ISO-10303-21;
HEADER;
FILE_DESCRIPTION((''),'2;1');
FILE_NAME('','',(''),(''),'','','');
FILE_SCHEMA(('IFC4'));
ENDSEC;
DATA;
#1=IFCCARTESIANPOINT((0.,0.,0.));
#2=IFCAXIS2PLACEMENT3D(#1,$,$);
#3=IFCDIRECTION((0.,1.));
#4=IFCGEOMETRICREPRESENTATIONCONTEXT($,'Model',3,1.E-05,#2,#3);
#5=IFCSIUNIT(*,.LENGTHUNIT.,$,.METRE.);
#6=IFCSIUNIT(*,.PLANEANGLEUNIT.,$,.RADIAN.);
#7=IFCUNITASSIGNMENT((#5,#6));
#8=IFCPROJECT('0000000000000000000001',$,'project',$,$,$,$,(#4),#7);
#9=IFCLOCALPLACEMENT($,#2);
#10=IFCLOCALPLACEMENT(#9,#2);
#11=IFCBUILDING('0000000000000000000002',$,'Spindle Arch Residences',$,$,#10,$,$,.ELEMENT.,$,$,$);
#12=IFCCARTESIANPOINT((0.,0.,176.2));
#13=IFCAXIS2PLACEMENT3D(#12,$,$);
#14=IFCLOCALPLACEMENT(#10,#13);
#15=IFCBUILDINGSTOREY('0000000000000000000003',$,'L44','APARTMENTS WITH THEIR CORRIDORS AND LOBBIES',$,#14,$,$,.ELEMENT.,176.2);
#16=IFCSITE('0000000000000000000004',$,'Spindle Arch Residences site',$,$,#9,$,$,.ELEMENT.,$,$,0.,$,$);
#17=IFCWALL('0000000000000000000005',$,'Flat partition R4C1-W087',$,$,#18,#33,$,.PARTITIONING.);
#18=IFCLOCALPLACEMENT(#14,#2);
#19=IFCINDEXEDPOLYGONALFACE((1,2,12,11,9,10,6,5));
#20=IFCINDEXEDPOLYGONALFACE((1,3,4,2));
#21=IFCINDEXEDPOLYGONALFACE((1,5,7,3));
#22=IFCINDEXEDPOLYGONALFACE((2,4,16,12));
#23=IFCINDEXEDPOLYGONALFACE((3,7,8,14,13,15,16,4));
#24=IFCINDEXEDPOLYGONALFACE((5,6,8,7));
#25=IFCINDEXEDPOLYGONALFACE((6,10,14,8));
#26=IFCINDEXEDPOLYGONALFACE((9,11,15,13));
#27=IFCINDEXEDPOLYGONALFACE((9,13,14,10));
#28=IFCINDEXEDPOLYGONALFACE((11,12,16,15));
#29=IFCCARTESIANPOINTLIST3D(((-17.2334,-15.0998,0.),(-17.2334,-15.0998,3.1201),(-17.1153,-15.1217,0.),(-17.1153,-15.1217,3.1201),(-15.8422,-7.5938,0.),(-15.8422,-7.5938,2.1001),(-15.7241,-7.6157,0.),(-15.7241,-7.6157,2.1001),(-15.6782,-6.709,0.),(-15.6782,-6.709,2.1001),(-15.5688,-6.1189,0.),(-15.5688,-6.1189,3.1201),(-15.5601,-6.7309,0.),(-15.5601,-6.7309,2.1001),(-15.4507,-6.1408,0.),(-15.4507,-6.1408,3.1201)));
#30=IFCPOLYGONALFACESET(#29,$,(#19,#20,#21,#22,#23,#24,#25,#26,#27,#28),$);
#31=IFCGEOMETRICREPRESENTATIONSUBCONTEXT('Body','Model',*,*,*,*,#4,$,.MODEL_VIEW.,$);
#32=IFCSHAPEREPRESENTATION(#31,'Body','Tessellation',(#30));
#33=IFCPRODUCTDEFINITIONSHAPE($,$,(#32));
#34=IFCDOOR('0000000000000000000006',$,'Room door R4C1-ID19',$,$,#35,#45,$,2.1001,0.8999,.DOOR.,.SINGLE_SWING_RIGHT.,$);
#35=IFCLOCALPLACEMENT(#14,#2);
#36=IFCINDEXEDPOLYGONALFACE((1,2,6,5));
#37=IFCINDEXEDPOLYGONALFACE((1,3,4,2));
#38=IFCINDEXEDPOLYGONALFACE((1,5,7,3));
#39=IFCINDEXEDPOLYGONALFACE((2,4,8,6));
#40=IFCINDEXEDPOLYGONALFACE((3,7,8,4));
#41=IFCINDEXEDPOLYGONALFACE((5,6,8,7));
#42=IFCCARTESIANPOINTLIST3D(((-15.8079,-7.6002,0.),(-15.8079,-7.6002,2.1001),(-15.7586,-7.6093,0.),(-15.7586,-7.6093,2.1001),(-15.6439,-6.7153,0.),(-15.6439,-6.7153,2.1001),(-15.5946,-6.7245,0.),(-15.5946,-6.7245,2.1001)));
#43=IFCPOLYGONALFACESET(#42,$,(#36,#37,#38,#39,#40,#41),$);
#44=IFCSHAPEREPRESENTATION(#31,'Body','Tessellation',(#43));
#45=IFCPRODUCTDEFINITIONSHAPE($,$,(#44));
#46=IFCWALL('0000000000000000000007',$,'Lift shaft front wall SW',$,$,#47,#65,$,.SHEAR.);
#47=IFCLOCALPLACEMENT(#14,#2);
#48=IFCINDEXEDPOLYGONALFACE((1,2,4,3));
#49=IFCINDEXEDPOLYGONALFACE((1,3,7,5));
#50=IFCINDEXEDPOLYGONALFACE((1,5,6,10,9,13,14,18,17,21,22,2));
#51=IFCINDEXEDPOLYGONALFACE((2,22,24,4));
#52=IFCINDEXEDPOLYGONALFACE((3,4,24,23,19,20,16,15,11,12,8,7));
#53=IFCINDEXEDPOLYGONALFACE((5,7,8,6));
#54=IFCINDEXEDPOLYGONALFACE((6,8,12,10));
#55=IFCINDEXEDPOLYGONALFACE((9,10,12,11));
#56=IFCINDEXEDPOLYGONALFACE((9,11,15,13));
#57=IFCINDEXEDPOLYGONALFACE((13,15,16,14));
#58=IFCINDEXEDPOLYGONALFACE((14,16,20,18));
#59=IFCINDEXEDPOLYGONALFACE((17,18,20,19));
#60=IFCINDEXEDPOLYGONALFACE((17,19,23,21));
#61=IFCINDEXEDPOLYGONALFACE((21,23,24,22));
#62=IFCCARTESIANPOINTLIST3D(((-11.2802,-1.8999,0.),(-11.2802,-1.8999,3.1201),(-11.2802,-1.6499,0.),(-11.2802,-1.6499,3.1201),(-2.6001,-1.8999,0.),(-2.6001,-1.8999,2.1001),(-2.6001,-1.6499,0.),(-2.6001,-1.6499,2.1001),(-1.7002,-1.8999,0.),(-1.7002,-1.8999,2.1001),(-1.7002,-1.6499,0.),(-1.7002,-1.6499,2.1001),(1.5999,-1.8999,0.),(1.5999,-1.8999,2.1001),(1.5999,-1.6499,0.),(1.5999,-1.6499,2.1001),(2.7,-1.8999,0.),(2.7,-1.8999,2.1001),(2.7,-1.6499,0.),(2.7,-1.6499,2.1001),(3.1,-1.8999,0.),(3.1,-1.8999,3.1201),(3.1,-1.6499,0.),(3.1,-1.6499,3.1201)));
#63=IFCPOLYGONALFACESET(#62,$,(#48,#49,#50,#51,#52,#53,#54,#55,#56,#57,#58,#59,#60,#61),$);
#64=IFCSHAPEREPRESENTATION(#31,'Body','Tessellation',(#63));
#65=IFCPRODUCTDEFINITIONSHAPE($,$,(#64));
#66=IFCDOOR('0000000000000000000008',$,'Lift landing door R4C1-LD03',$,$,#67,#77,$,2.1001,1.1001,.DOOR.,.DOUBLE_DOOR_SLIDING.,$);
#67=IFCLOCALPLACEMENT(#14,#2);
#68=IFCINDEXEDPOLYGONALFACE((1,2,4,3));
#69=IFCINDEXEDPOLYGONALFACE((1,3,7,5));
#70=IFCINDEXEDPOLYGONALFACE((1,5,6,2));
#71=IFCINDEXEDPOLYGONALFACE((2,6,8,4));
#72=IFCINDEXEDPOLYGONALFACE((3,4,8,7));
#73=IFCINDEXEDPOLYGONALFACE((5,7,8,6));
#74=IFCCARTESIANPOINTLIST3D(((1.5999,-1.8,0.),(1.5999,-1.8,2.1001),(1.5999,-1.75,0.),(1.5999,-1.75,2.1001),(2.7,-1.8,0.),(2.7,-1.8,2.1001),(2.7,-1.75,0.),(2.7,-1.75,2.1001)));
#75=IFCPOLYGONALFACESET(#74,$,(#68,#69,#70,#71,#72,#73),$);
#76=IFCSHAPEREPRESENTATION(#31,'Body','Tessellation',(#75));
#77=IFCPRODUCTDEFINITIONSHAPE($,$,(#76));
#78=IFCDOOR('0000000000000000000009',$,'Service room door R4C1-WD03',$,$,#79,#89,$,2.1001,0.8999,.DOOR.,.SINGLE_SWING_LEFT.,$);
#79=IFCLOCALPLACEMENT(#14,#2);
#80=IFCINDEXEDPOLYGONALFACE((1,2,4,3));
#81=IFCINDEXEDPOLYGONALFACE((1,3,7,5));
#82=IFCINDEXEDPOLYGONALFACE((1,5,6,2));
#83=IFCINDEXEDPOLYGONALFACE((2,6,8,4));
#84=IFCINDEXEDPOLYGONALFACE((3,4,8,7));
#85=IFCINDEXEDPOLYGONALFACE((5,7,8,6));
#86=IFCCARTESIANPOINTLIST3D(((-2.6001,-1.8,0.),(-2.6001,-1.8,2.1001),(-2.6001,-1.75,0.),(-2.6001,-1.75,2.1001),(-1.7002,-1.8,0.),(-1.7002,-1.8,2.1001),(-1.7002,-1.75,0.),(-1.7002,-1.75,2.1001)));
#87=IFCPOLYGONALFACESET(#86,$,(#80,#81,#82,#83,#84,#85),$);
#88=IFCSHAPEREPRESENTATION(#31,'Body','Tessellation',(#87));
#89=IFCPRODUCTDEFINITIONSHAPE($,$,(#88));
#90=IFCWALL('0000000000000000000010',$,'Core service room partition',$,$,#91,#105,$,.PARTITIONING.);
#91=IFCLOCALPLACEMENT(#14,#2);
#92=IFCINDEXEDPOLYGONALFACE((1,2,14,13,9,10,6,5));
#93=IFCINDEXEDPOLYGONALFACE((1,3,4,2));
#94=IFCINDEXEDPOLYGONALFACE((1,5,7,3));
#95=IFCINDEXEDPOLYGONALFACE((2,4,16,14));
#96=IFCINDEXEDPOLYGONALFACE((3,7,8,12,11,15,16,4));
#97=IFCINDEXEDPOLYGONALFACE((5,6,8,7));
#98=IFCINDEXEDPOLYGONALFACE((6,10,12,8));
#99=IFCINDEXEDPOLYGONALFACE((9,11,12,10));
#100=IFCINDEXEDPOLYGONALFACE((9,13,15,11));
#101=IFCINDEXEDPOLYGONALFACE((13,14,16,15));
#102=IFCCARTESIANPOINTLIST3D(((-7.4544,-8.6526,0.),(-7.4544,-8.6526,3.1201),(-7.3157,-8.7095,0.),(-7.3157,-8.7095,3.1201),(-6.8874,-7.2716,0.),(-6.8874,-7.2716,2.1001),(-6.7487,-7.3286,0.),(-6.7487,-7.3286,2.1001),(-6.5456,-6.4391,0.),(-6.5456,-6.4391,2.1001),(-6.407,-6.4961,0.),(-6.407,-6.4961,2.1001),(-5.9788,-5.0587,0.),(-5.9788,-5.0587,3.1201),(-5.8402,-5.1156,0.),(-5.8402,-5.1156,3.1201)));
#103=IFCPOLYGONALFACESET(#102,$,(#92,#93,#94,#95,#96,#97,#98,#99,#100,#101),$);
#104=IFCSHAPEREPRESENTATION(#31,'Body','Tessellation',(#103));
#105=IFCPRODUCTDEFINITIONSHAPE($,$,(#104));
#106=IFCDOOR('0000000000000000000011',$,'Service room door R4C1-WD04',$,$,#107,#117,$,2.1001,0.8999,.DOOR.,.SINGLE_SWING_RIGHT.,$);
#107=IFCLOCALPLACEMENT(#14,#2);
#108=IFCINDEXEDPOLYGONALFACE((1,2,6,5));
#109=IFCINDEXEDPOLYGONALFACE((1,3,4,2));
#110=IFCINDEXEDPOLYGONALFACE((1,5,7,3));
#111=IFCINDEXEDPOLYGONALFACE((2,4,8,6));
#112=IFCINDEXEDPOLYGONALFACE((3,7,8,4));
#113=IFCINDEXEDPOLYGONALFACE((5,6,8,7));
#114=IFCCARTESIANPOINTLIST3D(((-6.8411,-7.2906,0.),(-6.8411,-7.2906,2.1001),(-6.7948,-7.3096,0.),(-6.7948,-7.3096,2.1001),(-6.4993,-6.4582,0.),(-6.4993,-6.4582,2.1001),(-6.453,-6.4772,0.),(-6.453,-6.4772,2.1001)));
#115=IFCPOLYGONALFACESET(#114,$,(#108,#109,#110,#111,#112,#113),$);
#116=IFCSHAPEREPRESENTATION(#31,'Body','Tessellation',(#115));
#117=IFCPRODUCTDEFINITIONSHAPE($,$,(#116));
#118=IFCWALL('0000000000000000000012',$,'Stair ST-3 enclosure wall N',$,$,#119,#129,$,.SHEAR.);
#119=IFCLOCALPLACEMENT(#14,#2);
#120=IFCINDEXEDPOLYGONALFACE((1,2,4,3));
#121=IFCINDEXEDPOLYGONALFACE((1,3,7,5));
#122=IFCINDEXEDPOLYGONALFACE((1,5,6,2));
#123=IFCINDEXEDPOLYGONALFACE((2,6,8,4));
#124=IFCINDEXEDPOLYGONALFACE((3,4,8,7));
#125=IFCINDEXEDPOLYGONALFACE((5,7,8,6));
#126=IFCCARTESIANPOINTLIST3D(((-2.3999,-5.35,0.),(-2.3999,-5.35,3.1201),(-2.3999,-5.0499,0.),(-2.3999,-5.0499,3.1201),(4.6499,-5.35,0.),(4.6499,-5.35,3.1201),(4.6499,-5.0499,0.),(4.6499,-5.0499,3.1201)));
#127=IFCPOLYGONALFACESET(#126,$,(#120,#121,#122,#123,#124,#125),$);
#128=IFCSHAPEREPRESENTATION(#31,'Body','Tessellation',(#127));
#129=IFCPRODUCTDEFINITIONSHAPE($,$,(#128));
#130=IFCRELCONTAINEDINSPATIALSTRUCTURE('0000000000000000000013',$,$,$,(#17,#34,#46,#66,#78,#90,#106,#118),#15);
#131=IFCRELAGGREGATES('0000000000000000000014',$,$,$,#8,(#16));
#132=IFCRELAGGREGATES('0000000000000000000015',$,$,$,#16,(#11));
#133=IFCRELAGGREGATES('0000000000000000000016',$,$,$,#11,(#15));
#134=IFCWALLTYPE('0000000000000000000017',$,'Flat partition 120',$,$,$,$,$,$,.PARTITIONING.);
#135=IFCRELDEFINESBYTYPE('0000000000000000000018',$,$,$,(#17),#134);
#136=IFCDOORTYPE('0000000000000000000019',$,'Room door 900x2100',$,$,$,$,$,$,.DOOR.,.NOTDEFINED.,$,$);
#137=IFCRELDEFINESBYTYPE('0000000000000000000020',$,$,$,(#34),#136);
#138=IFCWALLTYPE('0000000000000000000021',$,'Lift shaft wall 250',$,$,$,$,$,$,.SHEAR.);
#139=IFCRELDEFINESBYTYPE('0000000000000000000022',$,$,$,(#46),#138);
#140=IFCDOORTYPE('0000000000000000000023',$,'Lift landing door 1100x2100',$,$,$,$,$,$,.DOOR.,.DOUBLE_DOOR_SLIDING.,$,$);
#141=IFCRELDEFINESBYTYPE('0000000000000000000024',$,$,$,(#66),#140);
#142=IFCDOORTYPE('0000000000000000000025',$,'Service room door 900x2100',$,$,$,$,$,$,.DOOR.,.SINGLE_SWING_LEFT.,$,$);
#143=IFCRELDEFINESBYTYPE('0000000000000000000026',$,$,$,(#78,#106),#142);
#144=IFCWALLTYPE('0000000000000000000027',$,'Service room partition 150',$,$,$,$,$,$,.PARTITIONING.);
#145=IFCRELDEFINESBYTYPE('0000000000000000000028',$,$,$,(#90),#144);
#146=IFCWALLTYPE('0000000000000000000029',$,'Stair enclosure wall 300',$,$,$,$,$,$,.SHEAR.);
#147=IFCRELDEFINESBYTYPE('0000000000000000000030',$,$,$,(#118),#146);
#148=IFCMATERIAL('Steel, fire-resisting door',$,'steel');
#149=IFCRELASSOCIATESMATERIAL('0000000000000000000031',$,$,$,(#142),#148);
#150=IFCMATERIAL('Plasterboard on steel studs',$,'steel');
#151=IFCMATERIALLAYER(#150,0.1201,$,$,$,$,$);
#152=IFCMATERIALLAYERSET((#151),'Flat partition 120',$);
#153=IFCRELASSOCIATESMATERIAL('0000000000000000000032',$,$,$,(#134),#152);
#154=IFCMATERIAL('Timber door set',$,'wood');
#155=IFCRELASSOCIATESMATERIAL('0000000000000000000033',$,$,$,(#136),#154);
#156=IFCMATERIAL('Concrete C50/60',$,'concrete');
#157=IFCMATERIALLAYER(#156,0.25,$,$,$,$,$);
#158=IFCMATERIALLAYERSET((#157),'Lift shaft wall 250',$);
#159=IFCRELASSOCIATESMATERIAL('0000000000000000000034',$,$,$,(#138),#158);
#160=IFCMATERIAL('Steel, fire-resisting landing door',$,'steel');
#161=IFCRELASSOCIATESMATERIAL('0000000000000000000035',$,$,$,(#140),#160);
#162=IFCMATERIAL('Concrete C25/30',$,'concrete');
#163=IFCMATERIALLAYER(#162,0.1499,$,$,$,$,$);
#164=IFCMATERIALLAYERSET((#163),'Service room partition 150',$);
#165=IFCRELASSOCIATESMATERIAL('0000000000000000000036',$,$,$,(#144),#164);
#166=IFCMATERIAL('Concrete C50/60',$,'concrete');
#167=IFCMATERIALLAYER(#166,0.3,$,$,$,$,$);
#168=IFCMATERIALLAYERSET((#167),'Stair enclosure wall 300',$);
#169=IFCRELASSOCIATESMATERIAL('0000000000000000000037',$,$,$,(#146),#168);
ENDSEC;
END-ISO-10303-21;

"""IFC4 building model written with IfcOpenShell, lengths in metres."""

from ifc_helpers import new_model, si_unit, direction, frame, frame_2d, origin, place, context, subcontext, project, spatial, rectangle, extrude, material, layer, layer_set, type_object, element, fill, save


model = new_model("IFC4")

# Units and contexts
model_context = context("Model", 3, precision=1e-05, world=origin(), true_north=direction((0.0, 1.0)))
body_context = subcontext(model_context, "Body", "Model", "MODEL_VIEW")
ifc_project = project(units=[si_unit("LENGTHUNIT", "METRE"), si_unit("PLANEANGLEUNIT", "RADIAN")], contexts=[model_context])

# Site, building, storey
site_placement = place(None, origin())
site = spatial("IfcSite", under=ifc_project, at=site_placement, Name="Spindle Arch Residences site", CompositionType="ELEMENT", RefElevation=0.0)
building_placement = place(site_placement, origin())
building = spatial("IfcBuilding", under=site, at=building_placement, Name="Spindle Arch Residences", CompositionType="ELEMENT")
storey_placement = place(building_placement, frame((0.0, 0.0, 176.2)))
storey = spatial("IfcBuildingStorey", under=building, at=storey_placement, Name="L44", Description="APARTMENTS WITH THEIR CORRIDORS AND LOBBIES", CompositionType="ELEMENT", Elevation=176.2)

# Shared definitions
ifc_material_1 = material(Name="Steel, fire-resisting door", Category="steel")
door_type_1 = type_object("IfcDoorType", Name="Service room door 900x2100", OperationType="SINGLE_SWING_LEFT", PredefinedType="DOOR", material=ifc_material_1)

# Shared definitions
ifc_material_2 = material(Name="Plasterboard on steel studs", Category="steel")
ifc_layer_1 = layer(ifc_material_2, 0.1201)
ifc_layer_set_1 = layer_set([ifc_layer_1], Name="Flat partition 120")
wall_type_1 = type_object("IfcWallType", Name="Flat partition 120", PredefinedType="PARTITIONING", material=ifc_layer_set_1)
ifc_material_3 = material(Name="Timber door set", Category="wood")
door_type_2 = type_object("IfcDoorType", Name="Room door 900x2100", OperationType="NOTDEFINED", PredefinedType="DOOR", material=ifc_material_3)

# Wall, opening, door
wall_1_placement = place(storey_placement, frame((-15.5098, -6.1299, 0.0), z_axis=(0.0, 0.0, 1.0), x_axis=(-0.182243, -0.983253, 0.0)))
wall_1 = element("IfcWall", 1, at=wall_1_placement, inside=storey, type_object=wall_type_1, Name="Flat partition R4C1-W087", PredefinedType="PARTITIONING", context=body_context, shape_type="SweptSolid", body=[
    extrude(rectangle(XDim=9.1338, YDim=0.1201, at=frame_2d((4.5669, 0.0))), origin(), (0.0, 0.0, 1.0), 3.1201),
])
opening_1_placement = place(wall_1_placement, frame((0.6001, 0.0, 0.0)))
opening_1 = element("IfcOpeningElement", 2, at=opening_1_placement, cuts=wall_1, PredefinedType="OPENING", context=body_context, shape_type="SweptSolid", body=[
    extrude(rectangle(XDim=0.8999, YDim=2.1001, at=frame_2d((0.45, 1.05))), frame((0.0, 0.0701, 0.0), z_axis=(0.0, -1.0, 0.0), x_axis=(1.0, 0.0, 0.0)), (0.0, 0.0, 1.0), 0.1401),
])
door_1_placement = place(opening_1_placement, origin())
door_1 = element("IfcDoor", 3, at=door_1_placement, inside=storey, type_object=door_type_2, Name="Room door R4C1-ID19", OperationType="SINGLE_SWING_RIGHT", OverallHeight=2.1001, OverallWidth=0.8999, PredefinedType="DOOR", context=body_context, shape_type="SweptSolid", body=[
    extrude(rectangle(XDim=0.8999, YDim=2.1001, at=frame_2d((0.45, 1.05))), frame((0.0, 0.0249, 0.0), z_axis=(0.0, -1.0, 0.0), x_axis=(1.0, 0.0, 0.0)), (0.0, 0.0, 1.0), 0.05),
])
fill(opening_1, door_1)

# Wall, openings, doors
ifc_material_4 = material(Name="Concrete C50/60", Category="concrete")
ifc_layer_2 = layer(ifc_material_4, 0.25)
ifc_layer_set_2 = layer_set([ifc_layer_2], Name="Lift shaft wall 250")
wall_type_2 = type_object("IfcWallType", Name="Lift shaft wall 250", PredefinedType="SHEAR", material=ifc_layer_set_2)
wall_2_placement = place(storey_placement, frame((-11.28, -1.7749, 0.0), z_axis=(0.0, 0.0, 1.0), x_axis=(1.0, 0.0, 0.0)))
wall_2 = element("IfcWall", 4, at=wall_2_placement, inside=storey, type_object=wall_type_2, Name="Lift shaft front wall SW", PredefinedType="SHEAR", context=body_context, shape_type="SweptSolid", body=[
    extrude(rectangle(XDim=14.3801, YDim=0.25, at=frame_2d((7.1899, 0.0))), origin(), (0.0, 0.0, 1.0), 3.1201),
])
opening_2_placement = place(wall_2_placement, frame((12.8799, 0.0, 0.0)))
opening_2 = element("IfcOpeningElement", 5, at=opening_2_placement, cuts=wall_2, PredefinedType="OPENING", context=body_context, shape_type="SweptSolid", body=[
    extrude(rectangle(XDim=1.1001, YDim=2.1001, at=frame_2d((0.55, 1.05))), frame((0.0, 0.135, 0.0), z_axis=(0.0, -1.0, 0.0), x_axis=(1.0, 0.0, 0.0)), (0.0, 0.0, 1.0), 0.27),
])
opening_3_placement = place(wall_2_placement, frame((8.6799, 0.0, 0.0)))
opening_3 = element("IfcOpeningElement", 6, at=opening_3_placement, cuts=wall_2, PredefinedType="OPENING", context=body_context, shape_type="SweptSolid", body=[
    extrude(rectangle(XDim=0.8999, YDim=2.1001, at=frame_2d((0.45, 1.05))), frame((0.0, 0.135, 0.0), z_axis=(0.0, -1.0, 0.0), x_axis=(1.0, 0.0, 0.0)), (0.0, 0.0, 1.0), 0.27),
])
ifc_material_5 = material(Name="Steel, fire-resisting landing door", Category="steel")
door_type_3 = type_object("IfcDoorType", Name="Lift landing door 1100x2100", OperationType="DOUBLE_DOOR_SLIDING", PredefinedType="DOOR", material=ifc_material_5)
door_2_placement = place(opening_2_placement, origin())
door_2 = element("IfcDoor", 7, at=door_2_placement, inside=storey, type_object=door_type_3, Name="Lift landing door R4C1-LD03", OperationType="DOUBLE_DOOR_SLIDING", OverallHeight=2.1001, OverallWidth=1.1001, PredefinedType="DOOR", context=body_context, shape_type="SweptSolid", body=[
    extrude(rectangle(XDim=1.1001, YDim=2.1001, at=frame_2d((0.55, 1.05))), frame((0.0, 0.0249, 0.0), z_axis=(0.0, -1.0, 0.0), x_axis=(1.0, 0.0, 0.0)), (0.0, 0.0, 1.0), 0.05),
])
fill(opening_2, door_2)
door_3_placement = place(opening_3_placement, origin())
door_3 = element("IfcDoor", 8, at=door_3_placement, inside=storey, type_object=door_type_1, Name="Service room door R4C1-WD03", OperationType="SINGLE_SWING_LEFT", OverallHeight=2.1001, OverallWidth=0.8999, PredefinedType="DOOR", context=body_context, shape_type="SweptSolid", body=[
    extrude(rectangle(XDim=0.8999, YDim=2.1001, at=frame_2d((0.45, 1.05))), frame((0.0, 0.0249, 0.0), z_axis=(0.0, -1.0, 0.0), x_axis=(1.0, 0.0, 0.0)), (0.0, 0.0, 1.0), 0.05),
])
fill(opening_3, door_3)

# Wall, opening, door
ifc_material_6 = material(Name="Concrete C25/30", Category="concrete")
ifc_layer_3 = layer(ifc_material_6, 0.1499)
ifc_layer_set_3 = layer_set([ifc_layer_3], Name="Service room partition 150")
wall_type_3 = type_object("IfcWallType", Name="Service room partition 150", PredefinedType="PARTITIONING", material=ifc_layer_set_3)
wall_3_placement = place(storey_placement, frame((-7.385, -8.6809, 0.0), z_axis=(0.0, 0.0, 1.0), x_axis=(0.379805, 0.925067, 0.0)))
wall_3 = element("IfcWall", 9, at=wall_3_placement, inside=storey, type_object=wall_type_3, Name="Core service room partition", PredefinedType="PARTITIONING", context=body_context, shape_type="SweptSolid", body=[
    extrude(rectangle(XDim=3.885, YDim=0.1499, at=frame_2d((1.9424, 0.0))), origin(), (0.0, 0.0, 1.0), 3.1201),
])
opening_4_placement = place(wall_3_placement, frame((1.4927, 0.0, 0.0)))
opening_4 = element("IfcOpeningElement", 10, at=opening_4_placement, cuts=wall_3, PredefinedType="OPENING", context=body_context, shape_type="SweptSolid", body=[
    extrude(rectangle(XDim=0.8999, YDim=2.1001, at=frame_2d((0.45, 1.05))), frame((0.0, 0.085, 0.0), z_axis=(0.0, -1.0, 0.0), x_axis=(1.0, 0.0, 0.0)), (0.0, 0.0, 1.0), 0.1699),
])
door_4_placement = place(opening_4_placement, origin())
door_4 = element("IfcDoor", 11, at=door_4_placement, inside=storey, type_object=door_type_1, Name="Service room door R4C1-WD04", OperationType="SINGLE_SWING_RIGHT", OverallHeight=2.1001, OverallWidth=0.8999, PredefinedType="DOOR", context=body_context, shape_type="SweptSolid", body=[
    extrude(rectangle(XDim=0.8999, YDim=2.1001, at=frame_2d((0.45, 1.05))), frame((0.0, 0.0249, 0.0), z_axis=(0.0, -1.0, 0.0), x_axis=(1.0, 0.0, 0.0)), (0.0, 0.0, 1.0), 0.05),
])
fill(opening_4, door_4)

# Wall
ifc_material_7 = material(Name="Concrete C50/60", Category="concrete")
ifc_layer_4 = layer(ifc_material_7, 0.3)
ifc_layer_set_4 = layer_set([ifc_layer_4], Name="Stair enclosure wall 300")
wall_type_4 = type_object("IfcWallType", Name="Stair enclosure wall 300", PredefinedType="SHEAR", material=ifc_layer_set_4)
wall_4_placement = place(storey_placement, frame((-2.3999, -5.2, 0.0), z_axis=(0.0, 0.0, 1.0), x_axis=(1.0, 0.0, 0.0)))
element("IfcWall", 12, at=wall_4_placement, inside=storey, type_object=wall_type_4, Name="Stair ST-3 enclosure wall N", PredefinedType="SHEAR", context=body_context, shape_type="SweptSolid", body=[
    extrude(rectangle(XDim=7.0498, YDim=0.3, at=frame_2d((3.5249, 0.0))), origin(), (0.0, 0.0, 1.0), 3.1201),
])

save(model, "model.ifc")
